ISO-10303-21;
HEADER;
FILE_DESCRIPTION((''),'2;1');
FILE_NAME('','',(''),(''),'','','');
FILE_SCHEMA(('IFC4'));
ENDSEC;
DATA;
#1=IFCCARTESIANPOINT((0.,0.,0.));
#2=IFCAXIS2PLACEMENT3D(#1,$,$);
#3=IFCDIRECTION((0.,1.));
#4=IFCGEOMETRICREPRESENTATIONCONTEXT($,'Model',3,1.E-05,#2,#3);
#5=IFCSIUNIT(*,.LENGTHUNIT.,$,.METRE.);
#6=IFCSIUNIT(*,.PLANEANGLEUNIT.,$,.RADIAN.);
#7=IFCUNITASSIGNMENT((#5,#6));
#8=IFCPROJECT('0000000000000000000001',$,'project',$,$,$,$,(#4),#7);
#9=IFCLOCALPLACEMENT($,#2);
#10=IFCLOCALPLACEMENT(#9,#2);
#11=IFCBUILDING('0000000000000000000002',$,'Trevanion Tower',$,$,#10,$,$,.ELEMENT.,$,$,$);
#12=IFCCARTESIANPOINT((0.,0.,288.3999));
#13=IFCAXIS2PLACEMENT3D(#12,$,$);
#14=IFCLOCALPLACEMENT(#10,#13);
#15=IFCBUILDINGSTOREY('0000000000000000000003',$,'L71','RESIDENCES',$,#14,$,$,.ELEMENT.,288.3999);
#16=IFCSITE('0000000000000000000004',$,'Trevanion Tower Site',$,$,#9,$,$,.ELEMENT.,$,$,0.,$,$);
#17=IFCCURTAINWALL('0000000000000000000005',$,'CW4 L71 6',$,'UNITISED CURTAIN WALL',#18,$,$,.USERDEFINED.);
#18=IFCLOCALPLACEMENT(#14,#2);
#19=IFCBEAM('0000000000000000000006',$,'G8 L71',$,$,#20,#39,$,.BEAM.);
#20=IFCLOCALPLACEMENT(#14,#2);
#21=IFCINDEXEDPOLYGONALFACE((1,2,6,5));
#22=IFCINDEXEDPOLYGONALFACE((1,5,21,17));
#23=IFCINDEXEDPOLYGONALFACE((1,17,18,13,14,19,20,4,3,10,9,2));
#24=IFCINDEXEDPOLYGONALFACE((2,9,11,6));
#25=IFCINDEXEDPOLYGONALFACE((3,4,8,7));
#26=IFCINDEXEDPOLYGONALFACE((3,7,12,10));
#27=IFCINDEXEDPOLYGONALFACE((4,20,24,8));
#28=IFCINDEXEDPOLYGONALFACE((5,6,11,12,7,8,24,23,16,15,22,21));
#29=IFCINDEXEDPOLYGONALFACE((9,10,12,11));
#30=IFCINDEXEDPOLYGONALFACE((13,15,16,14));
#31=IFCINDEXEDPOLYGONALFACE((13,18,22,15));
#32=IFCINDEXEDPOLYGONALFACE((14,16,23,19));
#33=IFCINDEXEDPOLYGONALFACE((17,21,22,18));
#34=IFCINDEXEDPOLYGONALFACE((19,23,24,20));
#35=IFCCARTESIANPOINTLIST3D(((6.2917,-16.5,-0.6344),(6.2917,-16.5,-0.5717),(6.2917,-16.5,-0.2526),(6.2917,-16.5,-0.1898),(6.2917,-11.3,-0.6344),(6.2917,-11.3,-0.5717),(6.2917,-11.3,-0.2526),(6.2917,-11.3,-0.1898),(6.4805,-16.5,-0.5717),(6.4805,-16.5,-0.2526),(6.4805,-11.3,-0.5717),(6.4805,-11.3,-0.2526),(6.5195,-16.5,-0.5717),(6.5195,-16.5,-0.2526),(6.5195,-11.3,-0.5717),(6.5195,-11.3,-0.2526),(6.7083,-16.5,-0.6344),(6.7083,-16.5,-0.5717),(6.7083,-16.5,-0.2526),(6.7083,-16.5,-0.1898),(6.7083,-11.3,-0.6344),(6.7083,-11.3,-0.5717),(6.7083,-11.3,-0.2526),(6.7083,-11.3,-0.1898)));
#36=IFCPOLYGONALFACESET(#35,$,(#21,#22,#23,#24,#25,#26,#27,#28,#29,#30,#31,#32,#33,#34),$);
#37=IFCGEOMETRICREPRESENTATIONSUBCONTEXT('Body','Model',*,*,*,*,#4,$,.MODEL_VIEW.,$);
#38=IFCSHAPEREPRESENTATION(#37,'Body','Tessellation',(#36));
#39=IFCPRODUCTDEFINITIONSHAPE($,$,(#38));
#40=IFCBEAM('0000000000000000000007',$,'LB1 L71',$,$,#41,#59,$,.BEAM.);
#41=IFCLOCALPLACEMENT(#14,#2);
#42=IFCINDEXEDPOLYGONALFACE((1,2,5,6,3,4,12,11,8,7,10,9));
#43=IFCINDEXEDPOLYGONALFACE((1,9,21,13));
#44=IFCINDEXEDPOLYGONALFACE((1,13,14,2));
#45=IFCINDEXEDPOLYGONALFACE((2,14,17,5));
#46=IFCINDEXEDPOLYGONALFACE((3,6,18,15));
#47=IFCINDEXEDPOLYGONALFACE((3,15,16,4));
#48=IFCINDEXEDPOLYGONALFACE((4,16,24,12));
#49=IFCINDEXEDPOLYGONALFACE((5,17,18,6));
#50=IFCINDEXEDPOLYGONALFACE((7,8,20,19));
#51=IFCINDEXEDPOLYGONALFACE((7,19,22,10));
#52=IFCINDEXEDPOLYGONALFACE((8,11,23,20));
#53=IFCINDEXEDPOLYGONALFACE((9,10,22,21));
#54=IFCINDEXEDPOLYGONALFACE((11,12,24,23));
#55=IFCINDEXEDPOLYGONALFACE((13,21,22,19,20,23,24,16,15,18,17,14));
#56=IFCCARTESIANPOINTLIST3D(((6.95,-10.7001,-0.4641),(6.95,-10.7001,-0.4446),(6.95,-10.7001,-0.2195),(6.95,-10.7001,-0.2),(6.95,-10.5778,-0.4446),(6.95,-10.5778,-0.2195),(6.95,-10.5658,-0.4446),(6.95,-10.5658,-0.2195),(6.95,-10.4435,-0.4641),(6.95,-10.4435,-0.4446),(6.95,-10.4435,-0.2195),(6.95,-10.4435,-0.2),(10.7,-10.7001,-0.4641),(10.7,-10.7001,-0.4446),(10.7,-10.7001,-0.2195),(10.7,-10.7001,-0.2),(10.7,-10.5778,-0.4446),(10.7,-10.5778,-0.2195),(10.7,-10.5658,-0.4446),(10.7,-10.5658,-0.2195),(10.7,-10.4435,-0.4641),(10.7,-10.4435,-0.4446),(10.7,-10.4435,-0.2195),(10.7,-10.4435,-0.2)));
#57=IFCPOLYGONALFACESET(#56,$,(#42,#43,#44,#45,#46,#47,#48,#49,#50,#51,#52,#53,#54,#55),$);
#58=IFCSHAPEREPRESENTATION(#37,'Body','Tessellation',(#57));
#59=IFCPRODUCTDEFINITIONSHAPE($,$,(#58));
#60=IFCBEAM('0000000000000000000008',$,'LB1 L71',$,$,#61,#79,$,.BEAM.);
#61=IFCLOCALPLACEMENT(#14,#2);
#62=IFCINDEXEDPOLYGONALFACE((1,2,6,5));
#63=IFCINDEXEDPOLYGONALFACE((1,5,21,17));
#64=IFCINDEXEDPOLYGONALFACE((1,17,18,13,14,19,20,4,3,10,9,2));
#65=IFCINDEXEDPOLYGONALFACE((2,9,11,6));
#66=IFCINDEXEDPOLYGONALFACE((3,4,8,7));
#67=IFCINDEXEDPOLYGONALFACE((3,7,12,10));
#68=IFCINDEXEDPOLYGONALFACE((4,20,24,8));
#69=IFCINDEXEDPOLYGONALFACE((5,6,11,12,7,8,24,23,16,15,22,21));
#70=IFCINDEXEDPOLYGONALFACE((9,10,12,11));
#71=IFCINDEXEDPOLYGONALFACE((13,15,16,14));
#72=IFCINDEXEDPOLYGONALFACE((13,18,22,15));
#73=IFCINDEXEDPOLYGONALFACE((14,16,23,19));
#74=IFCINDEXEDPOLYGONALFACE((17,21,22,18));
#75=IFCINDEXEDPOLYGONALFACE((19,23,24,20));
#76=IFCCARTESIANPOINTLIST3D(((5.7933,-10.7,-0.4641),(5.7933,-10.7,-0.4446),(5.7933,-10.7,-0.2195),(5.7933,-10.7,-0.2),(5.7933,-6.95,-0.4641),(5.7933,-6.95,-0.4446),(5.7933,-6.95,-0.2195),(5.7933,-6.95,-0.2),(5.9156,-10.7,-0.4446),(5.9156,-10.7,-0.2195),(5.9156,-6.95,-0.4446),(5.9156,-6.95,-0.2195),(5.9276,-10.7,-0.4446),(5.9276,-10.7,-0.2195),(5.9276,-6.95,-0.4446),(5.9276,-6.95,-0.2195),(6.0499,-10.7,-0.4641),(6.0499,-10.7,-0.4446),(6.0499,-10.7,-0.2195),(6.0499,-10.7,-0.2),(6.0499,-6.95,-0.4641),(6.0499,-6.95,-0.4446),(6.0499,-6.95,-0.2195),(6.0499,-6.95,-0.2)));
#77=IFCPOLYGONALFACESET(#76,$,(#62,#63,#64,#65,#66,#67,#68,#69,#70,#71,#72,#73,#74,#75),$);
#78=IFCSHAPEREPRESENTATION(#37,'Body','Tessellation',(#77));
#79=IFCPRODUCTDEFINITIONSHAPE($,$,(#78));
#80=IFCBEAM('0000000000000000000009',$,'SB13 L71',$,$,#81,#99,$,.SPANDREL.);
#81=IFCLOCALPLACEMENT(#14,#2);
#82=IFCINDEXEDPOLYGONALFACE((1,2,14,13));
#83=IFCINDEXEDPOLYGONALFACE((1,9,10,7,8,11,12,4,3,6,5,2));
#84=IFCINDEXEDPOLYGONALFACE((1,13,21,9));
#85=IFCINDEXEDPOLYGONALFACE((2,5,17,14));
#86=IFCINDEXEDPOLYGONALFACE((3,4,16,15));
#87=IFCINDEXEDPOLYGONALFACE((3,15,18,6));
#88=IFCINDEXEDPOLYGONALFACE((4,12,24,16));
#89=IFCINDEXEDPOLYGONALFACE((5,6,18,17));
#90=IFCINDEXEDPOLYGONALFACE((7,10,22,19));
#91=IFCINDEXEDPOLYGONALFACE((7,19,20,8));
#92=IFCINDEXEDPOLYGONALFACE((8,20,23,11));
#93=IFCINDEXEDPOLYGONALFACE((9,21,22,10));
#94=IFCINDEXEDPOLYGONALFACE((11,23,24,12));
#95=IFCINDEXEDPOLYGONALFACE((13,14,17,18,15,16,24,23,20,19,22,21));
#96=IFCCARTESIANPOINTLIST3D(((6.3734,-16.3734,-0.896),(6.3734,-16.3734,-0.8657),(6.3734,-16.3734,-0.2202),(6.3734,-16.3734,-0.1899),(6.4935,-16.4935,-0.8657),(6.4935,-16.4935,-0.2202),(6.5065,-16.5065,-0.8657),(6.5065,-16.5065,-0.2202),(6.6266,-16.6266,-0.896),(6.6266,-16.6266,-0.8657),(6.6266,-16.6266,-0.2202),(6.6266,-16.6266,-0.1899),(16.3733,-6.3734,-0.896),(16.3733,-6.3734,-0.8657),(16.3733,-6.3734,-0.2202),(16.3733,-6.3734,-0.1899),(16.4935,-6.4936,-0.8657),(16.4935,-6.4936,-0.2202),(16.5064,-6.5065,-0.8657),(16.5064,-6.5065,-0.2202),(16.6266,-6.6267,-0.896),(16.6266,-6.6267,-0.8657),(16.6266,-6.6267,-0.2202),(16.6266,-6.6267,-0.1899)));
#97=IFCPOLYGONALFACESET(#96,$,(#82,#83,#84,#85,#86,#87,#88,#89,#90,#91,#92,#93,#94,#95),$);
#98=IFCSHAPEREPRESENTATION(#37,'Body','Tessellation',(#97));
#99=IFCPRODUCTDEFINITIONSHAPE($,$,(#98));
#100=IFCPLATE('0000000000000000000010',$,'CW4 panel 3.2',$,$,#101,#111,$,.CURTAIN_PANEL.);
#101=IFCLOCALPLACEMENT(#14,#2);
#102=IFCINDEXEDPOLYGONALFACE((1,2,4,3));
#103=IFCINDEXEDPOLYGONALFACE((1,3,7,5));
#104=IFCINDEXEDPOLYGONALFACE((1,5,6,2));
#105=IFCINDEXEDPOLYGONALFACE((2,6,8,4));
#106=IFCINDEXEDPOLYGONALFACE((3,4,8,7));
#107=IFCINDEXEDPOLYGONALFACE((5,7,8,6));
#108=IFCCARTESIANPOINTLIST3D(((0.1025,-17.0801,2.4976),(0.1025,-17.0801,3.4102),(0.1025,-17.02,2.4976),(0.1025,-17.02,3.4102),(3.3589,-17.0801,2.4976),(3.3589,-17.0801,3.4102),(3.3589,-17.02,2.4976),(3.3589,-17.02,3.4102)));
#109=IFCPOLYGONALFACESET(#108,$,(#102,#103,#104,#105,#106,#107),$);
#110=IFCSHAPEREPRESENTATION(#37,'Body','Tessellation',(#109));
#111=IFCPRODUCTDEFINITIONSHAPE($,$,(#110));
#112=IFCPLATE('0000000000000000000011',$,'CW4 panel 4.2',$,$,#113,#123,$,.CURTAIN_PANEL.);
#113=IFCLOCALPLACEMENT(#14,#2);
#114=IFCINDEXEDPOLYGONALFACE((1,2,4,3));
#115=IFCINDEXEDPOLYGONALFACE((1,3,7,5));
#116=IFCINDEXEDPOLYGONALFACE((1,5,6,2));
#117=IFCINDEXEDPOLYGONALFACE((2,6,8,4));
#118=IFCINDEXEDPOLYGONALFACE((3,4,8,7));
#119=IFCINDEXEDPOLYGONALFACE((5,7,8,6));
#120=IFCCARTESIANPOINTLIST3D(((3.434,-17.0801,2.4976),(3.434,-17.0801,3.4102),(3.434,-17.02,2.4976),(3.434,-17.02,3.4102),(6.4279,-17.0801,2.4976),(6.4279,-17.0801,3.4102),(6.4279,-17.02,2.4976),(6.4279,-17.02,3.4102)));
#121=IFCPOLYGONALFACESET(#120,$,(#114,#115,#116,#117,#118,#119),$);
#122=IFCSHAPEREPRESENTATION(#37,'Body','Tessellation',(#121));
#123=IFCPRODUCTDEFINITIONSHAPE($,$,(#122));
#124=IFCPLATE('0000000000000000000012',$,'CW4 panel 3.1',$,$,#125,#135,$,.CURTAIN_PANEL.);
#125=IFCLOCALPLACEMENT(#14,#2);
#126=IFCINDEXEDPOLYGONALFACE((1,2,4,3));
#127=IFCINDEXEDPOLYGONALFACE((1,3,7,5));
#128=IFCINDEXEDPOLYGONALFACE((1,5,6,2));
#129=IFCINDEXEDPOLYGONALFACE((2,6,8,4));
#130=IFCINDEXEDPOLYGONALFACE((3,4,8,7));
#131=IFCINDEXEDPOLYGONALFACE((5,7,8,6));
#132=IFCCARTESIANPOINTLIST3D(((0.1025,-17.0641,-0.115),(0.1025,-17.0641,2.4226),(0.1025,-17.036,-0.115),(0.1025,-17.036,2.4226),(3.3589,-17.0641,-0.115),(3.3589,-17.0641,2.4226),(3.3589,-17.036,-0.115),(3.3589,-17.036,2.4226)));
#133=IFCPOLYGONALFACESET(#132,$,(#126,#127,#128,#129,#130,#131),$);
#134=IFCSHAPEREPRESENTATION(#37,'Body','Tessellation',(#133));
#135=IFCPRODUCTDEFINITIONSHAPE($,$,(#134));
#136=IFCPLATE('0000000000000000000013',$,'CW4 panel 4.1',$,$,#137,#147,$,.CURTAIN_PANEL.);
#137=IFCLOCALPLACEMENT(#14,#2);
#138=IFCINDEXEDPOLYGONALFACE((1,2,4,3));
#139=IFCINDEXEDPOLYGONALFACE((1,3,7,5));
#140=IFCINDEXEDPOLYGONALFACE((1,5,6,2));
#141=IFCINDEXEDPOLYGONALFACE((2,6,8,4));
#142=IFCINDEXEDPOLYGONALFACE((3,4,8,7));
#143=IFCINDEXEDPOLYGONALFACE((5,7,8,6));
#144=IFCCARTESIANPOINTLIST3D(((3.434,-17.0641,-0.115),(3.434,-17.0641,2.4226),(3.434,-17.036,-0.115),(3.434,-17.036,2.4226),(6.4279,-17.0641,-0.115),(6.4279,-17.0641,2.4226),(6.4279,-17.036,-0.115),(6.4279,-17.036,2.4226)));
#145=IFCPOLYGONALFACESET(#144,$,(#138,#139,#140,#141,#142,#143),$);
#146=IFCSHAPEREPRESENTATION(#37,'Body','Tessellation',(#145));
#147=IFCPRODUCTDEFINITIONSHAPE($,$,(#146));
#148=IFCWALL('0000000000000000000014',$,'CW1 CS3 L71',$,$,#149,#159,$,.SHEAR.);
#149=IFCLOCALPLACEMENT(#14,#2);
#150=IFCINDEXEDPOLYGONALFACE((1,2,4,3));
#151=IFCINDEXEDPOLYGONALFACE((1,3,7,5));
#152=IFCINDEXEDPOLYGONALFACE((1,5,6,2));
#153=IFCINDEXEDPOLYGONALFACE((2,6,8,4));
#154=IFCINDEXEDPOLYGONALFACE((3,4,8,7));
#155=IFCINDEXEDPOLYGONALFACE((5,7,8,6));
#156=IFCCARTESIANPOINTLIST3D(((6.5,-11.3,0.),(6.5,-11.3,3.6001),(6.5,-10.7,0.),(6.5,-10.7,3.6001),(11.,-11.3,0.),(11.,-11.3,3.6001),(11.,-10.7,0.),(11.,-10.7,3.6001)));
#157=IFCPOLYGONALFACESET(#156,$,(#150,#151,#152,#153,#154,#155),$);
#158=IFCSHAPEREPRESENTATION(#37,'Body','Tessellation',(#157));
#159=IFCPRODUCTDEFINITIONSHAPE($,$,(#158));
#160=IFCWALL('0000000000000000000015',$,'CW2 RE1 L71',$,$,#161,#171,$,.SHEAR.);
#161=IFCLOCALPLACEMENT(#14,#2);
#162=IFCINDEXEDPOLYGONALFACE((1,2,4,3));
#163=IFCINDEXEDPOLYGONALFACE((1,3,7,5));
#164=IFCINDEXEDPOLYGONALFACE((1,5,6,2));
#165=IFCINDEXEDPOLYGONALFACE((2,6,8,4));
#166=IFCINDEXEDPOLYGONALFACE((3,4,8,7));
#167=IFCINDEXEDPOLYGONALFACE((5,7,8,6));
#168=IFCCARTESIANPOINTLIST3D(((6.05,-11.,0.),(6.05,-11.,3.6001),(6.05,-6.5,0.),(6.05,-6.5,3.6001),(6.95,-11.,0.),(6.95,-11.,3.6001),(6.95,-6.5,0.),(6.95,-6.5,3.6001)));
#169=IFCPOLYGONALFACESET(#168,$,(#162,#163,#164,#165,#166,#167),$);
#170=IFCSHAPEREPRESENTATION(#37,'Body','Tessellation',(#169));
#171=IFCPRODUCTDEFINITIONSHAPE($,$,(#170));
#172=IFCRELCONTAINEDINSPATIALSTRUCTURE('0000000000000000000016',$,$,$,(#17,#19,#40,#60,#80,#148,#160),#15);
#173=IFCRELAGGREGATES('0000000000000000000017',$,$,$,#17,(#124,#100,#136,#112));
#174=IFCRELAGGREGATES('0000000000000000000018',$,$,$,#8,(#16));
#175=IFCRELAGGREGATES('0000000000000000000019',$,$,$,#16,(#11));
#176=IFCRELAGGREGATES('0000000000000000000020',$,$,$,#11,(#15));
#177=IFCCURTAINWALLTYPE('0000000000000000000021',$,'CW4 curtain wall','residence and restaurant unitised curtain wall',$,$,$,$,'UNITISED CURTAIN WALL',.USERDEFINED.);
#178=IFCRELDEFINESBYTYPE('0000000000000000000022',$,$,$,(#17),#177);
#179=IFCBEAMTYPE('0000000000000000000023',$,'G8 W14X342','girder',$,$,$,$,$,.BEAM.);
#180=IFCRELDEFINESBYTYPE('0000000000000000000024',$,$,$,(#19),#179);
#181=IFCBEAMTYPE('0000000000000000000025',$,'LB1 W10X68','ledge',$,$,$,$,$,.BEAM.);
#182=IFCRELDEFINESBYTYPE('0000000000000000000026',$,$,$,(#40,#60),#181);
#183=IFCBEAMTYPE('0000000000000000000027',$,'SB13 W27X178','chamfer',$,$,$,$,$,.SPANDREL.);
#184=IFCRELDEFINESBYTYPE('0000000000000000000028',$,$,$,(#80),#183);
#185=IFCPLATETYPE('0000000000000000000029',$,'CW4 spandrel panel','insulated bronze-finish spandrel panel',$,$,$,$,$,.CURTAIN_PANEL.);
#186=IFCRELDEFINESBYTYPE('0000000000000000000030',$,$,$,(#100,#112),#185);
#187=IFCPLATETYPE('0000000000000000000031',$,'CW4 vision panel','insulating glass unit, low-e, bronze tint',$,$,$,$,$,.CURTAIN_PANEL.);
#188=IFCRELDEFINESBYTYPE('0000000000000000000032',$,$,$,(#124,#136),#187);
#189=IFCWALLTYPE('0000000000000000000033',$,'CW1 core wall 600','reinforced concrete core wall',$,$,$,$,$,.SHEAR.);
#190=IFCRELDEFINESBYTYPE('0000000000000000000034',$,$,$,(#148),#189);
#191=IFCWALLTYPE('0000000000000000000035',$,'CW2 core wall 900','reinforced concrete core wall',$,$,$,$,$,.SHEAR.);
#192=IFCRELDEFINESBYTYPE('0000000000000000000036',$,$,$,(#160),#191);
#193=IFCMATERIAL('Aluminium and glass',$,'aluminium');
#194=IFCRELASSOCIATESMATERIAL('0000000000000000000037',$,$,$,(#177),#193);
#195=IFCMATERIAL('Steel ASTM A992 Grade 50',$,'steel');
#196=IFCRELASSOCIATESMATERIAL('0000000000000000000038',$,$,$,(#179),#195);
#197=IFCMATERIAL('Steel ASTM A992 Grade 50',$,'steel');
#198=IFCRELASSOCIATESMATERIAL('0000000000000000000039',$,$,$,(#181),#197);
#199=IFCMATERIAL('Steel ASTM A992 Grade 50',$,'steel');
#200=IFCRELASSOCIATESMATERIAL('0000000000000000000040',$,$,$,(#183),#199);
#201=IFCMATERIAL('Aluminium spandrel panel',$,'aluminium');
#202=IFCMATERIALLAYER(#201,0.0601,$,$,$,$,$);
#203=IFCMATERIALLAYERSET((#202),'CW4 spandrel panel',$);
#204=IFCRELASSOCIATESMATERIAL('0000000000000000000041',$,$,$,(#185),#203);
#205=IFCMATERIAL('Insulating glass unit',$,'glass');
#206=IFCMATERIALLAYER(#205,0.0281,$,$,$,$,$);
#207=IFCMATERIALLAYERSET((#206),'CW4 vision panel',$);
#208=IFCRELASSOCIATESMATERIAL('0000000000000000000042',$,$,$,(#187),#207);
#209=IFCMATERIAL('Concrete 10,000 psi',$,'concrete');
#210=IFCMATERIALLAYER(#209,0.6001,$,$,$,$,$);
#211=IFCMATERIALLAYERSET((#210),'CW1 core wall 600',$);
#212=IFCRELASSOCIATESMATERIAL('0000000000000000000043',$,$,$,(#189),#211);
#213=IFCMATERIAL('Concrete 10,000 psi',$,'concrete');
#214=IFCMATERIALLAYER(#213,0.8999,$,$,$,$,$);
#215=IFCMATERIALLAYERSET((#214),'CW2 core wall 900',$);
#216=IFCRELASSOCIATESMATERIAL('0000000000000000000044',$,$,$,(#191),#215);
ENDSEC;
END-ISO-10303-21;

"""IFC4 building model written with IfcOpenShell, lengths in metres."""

from ifc_helpers import new_model, si_unit, direction, frame, frame_2d, origin, origin_2d, place, context, subcontext, project, spatial, rectangle, i_section, extrude, material, layer, layer_set, material_profile, profile_set, type_object, element, aggregate, save


model = new_model("IFC4")

# Units and contexts
model_context = context("Model", 3, precision=1e-05, world=origin(), true_north=direction((0.0, 1.0)))
body_context = subcontext(model_context, "Body", "Model", "MODEL_VIEW")
ifc_project = project(units=[si_unit("LENGTHUNIT", "METRE"), si_unit("PLANEANGLEUNIT", "RADIAN")], contexts=[model_context])

# Site, building, storey
site_placement = place(None, origin())
site = spatial("IfcSite", under=ifc_project, at=site_placement, Name="Trevanion Tower Site", CompositionType="ELEMENT", RefElevation=0.0)
building_placement = place(site_placement, origin())
building = spatial("IfcBuilding", under=site, at=building_placement, Name="Trevanion Tower", CompositionType="ELEMENT")
storey_placement = place(building_placement, frame((0.0, 0.0, 288.3999)))
storey = spatial("IfcBuildingStorey", under=building, at=storey_placement, Name="L71", Description="RESIDENCES", CompositionType="ELEMENT", Elevation=288.3999)

# Curtain wall
ifc_material_1 = material(Name="Aluminium and glass", Category="aluminium")
curtain_wall_type = type_object("IfcCurtainWallType", Name="CW4 curtain wall", Description="residence and restaurant unitised curtain wall", ElementType="UNITISED CURTAIN WALL", PredefinedType="USERDEFINED", material=ifc_material_1)
curtain_wall_1_placement = place(storey_placement, origin())
curtain_wall_1 = element("IfcCurtainWall", 1, at=curtain_wall_1_placement, inside=storey, type_object=curtain_wall_type, Name="CW4 L71 6", ObjectType="UNITISED CURTAIN WALL", PredefinedType="USERDEFINED")

# Beams
ifc_material_2 = material(Name="Steel ASTM A992 Grade 50", Category="steel")
ifc_material_profile_1 = material_profile(ifc_material_2, i_section(OverallWidth=0.4165, OverallDepth=0.4446, WebThickness=0.0391, FlangeThickness=0.0627, at=origin_2d()), Name="W14X342")
ifc_profile_set_1 = profile_set([ifc_material_profile_1], Name="Steel ASTM A992 Grade 50")
beam_type_1 = type_object("IfcBeamType", Name="G8 W14X342", Description="girder", PredefinedType="BEAM", material=ifc_profile_set_1)
beam_1_placement = place(storey_placement, frame((6.5, -11.3, -0.4121), z_axis=(0.0, -1.0, 0.0), x_axis=(1.0, 0.0, 0.0)))
element("IfcBeam", 2, at=beam_1_placement, inside=storey, type_object=beam_type_1, Name="G8 L71", PredefinedType="BEAM", context=body_context, shape_type="SweptSolid", body=[
    extrude(i_section(OverallWidth=0.4165, OverallDepth=0.4446, WebThickness=0.0391, FlangeThickness=0.0627, at=origin_2d()), origin(), (0.0, 0.0, 1.0), 5.2),
])
ifc_material_3 = material(Name="Steel ASTM A992 Grade 50", Category="steel")
ifc_material_profile_2 = material_profile(ifc_material_3, i_section(OverallWidth=0.2566, OverallDepth=0.2642, WebThickness=0.012, FlangeThickness=0.0195, at=origin_2d()), Name="W10X68")
ifc_profile_set_2 = profile_set([ifc_material_profile_2], Name="Steel ASTM A992 Grade 50")
beam_type_2 = type_object("IfcBeamType", Name="LB1 W10X68", Description="ledge", PredefinedType="BEAM", material=ifc_profile_set_2)
for number, where, z_axis, x_axis, name in (
    (3, (6.95, -10.5718, -0.332), (1.0, 0.0, 0.0), (0.0, 1.0, 0.0), "LB1 L71"),
    (4, (5.9216, -10.7, -0.332), (0.0, 1.0, 0.0), (-1.0, 0.0, 0.0), "LB1 L71"),
):
    element("IfcBeam", number, at=place(storey_placement, frame(where, z_axis=z_axis, x_axis=x_axis)), inside=storey, type_object=beam_type_2, Name=name, PredefinedType="BEAM", context=body_context, shape_type="SweptSolid", body=[
        extrude(i_section(OverallWidth=0.2566, OverallDepth=0.2642, WebThickness=0.012, FlangeThickness=0.0195, at=origin_2d()), origin(), (0.0, 0.0, 1.0), 3.75),
    ])
ifc_material_4 = material(Name="Steel ASTM A992 Grade 50", Category="steel")
ifc_material_profile_3 = material_profile(ifc_material_4, i_section(OverallWidth=0.3582, OverallDepth=0.7061, WebThickness=0.0183, FlangeThickness=0.0303, at=origin_2d()), Name="W27X178")
ifc_profile_set_3 = profile_set([ifc_material_profile_3], Name="Steel ASTM A992 Grade 50")
beam_type_3 = type_object("IfcBeamType", Name="SB13 W27X178", Description="chamfer", PredefinedType="SPANDREL", material=ifc_profile_set_3)
beam_2_placement = place(storey_placement, frame((6.5, -16.5, -0.543), z_axis=(0.707107, 0.707107, 0.0), x_axis=(-0.707107, 0.707107, 0.0)))
element("IfcBeam", 5, at=beam_2_placement, inside=storey, type_object=beam_type_3, Name="SB13 L71", PredefinedType="SPANDREL", context=body_context, shape_type="SweptSolid", body=[
    extrude(i_section(OverallWidth=0.3582, OverallDepth=0.7061, WebThickness=0.0183, FlangeThickness=0.0303, at=origin_2d()), origin(), (0.0, 0.0, 1.0), 14.1421),
])

# Plates
ifc_material_5 = material(Name="Aluminium spandrel panel", Category="aluminium")
ifc_layer_1 = layer(ifc_material_5, 0.0601)
ifc_layer_set_1 = layer_set([ifc_layer_1], Name="CW4 spandrel panel")
plate_type_1 = type_object("IfcPlateType", Name="CW4 spandrel panel", Description="insulated bronze-finish spandrel panel", PredefinedType="CURTAIN_PANEL", material=ifc_layer_set_1)
plate_1_placement = place(storey_placement, frame((1.7307, -17.05, 2.4976), z_axis=(0.0, 0.0, 1.0), x_axis=(1.0, 0.0, 0.0)))
plate_1 = element("IfcPlate", 6, at=plate_1_placement, type_object=plate_type_1, Name="CW4 panel 3.2", PredefinedType="CURTAIN_PANEL", context=body_context, shape_type="SweptSolid", body=[
    extrude(rectangle(XDim=3.2563, YDim=0.0601, at=origin_2d()), origin(), (0.0, 0.0, 1.0), 0.9126),
])
plate_2_placement = place(storey_placement, frame((4.9309, -17.05, 2.4976), z_axis=(0.0, 0.0, 1.0), x_axis=(1.0, 0.0, 0.0)))
plate_2 = element("IfcPlate", 7, at=plate_2_placement, type_object=plate_type_1, Name="CW4 panel 4.2", PredefinedType="CURTAIN_PANEL", context=body_context, shape_type="SweptSolid", body=[
    extrude(rectangle(XDim=2.9939, YDim=0.0601, at=origin_2d()), origin(), (0.0, 0.0, 1.0), 0.9126),
])
ifc_material_6 = material(Name="Insulating glass unit", Category="glass")
ifc_layer_2 = layer(ifc_material_6, 0.0281)
ifc_layer_set_2 = layer_set([ifc_layer_2], Name="CW4 vision panel")
plate_type_2 = type_object("IfcPlateType", Name="CW4 vision panel", Description="insulating glass unit, low-e, bronze tint", PredefinedType="CURTAIN_PANEL", material=ifc_layer_set_2)
plate_3_placement = place(storey_placement, frame((1.7307, -17.05, -0.115), z_axis=(0.0, 0.0, 1.0), x_axis=(1.0, 0.0, 0.0)))
plate_3 = element("IfcPlate", 8, at=plate_3_placement, type_object=plate_type_2, Name="CW4 panel 3.1", PredefinedType="CURTAIN_PANEL", context=body_context, shape_type="SweptSolid", body=[
    extrude(rectangle(XDim=3.2563, YDim=0.0281, at=origin_2d()), origin(), (0.0, 0.0, 1.0), 2.5376),
])
plate_4_placement = place(storey_placement, frame((4.9309, -17.05, -0.115), z_axis=(0.0, 0.0, 1.0), x_axis=(1.0, 0.0, 0.0)))
plate_4 = element("IfcPlate", 9, at=plate_4_placement, type_object=plate_type_2, Name="CW4 panel 4.1", PredefinedType="CURTAIN_PANEL", context=body_context, shape_type="SweptSolid", body=[
    extrude(rectangle(XDim=2.9939, YDim=0.0281, at=origin_2d()), origin(), (0.0, 0.0, 1.0), 2.5376),
])
aggregate(curtain_wall_1, [plate_3, plate_1, plate_4, plate_2])

# Walls
ifc_material_7 = material(Name="Concrete 10,000 psi", Category="concrete")
ifc_layer_3 = layer(ifc_material_7, 0.6001)
ifc_layer_set_3 = layer_set([ifc_layer_3], Name="CW1 core wall 600")
wall_type_1 = type_object("IfcWallType", Name="CW1 core wall 600", Description="reinforced concrete core wall", PredefinedType="SHEAR", material=ifc_layer_set_3)
wall_1_placement = place(storey_placement, frame((6.5, -11.0, 0.0), z_axis=(0.0, 0.0, 1.0), x_axis=(1.0, 0.0, 0.0)))
element("IfcWall", 10, at=wall_1_placement, inside=storey, type_object=wall_type_1, Name="CW1 CS3 L71", PredefinedType="SHEAR", context=body_context, shape_type="SweptSolid", body=[
    extrude(rectangle(XDim=4.5, YDim=0.6001, at=frame_2d((2.25, 0.0))), origin(), (0.0, 0.0, 1.0), 3.6001),
])
ifc_material_8 = material(Name="Concrete 10,000 psi", Category="concrete")
ifc_layer_4 = layer(ifc_material_8, 0.8999)
ifc_layer_set_4 = layer_set([ifc_layer_4], Name="CW2 core wall 900")
wall_type_2 = type_object("IfcWallType", Name="CW2 core wall 900", Description="reinforced concrete core wall", PredefinedType="SHEAR", material=ifc_layer_set_4)
wall_2_placement = place(storey_placement, frame((6.5, -11.0, 0.0), z_axis=(0.0, 0.0, 1.0), x_axis=(0.0, 1.0, 0.0)))
element("IfcWall", 11, at=wall_2_placement, inside=storey, type_object=wall_type_2, Name="CW2 RE1 L71", PredefinedType="SHEAR", context=body_context, shape_type="SweptSolid", body=[
    extrude(rectangle(XDim=4.5, YDim=0.8999, at=frame_2d((2.25, 0.0))), origin(), (0.0, 0.0, 1.0), 3.6001),
])

save(model, "model.ifc")
